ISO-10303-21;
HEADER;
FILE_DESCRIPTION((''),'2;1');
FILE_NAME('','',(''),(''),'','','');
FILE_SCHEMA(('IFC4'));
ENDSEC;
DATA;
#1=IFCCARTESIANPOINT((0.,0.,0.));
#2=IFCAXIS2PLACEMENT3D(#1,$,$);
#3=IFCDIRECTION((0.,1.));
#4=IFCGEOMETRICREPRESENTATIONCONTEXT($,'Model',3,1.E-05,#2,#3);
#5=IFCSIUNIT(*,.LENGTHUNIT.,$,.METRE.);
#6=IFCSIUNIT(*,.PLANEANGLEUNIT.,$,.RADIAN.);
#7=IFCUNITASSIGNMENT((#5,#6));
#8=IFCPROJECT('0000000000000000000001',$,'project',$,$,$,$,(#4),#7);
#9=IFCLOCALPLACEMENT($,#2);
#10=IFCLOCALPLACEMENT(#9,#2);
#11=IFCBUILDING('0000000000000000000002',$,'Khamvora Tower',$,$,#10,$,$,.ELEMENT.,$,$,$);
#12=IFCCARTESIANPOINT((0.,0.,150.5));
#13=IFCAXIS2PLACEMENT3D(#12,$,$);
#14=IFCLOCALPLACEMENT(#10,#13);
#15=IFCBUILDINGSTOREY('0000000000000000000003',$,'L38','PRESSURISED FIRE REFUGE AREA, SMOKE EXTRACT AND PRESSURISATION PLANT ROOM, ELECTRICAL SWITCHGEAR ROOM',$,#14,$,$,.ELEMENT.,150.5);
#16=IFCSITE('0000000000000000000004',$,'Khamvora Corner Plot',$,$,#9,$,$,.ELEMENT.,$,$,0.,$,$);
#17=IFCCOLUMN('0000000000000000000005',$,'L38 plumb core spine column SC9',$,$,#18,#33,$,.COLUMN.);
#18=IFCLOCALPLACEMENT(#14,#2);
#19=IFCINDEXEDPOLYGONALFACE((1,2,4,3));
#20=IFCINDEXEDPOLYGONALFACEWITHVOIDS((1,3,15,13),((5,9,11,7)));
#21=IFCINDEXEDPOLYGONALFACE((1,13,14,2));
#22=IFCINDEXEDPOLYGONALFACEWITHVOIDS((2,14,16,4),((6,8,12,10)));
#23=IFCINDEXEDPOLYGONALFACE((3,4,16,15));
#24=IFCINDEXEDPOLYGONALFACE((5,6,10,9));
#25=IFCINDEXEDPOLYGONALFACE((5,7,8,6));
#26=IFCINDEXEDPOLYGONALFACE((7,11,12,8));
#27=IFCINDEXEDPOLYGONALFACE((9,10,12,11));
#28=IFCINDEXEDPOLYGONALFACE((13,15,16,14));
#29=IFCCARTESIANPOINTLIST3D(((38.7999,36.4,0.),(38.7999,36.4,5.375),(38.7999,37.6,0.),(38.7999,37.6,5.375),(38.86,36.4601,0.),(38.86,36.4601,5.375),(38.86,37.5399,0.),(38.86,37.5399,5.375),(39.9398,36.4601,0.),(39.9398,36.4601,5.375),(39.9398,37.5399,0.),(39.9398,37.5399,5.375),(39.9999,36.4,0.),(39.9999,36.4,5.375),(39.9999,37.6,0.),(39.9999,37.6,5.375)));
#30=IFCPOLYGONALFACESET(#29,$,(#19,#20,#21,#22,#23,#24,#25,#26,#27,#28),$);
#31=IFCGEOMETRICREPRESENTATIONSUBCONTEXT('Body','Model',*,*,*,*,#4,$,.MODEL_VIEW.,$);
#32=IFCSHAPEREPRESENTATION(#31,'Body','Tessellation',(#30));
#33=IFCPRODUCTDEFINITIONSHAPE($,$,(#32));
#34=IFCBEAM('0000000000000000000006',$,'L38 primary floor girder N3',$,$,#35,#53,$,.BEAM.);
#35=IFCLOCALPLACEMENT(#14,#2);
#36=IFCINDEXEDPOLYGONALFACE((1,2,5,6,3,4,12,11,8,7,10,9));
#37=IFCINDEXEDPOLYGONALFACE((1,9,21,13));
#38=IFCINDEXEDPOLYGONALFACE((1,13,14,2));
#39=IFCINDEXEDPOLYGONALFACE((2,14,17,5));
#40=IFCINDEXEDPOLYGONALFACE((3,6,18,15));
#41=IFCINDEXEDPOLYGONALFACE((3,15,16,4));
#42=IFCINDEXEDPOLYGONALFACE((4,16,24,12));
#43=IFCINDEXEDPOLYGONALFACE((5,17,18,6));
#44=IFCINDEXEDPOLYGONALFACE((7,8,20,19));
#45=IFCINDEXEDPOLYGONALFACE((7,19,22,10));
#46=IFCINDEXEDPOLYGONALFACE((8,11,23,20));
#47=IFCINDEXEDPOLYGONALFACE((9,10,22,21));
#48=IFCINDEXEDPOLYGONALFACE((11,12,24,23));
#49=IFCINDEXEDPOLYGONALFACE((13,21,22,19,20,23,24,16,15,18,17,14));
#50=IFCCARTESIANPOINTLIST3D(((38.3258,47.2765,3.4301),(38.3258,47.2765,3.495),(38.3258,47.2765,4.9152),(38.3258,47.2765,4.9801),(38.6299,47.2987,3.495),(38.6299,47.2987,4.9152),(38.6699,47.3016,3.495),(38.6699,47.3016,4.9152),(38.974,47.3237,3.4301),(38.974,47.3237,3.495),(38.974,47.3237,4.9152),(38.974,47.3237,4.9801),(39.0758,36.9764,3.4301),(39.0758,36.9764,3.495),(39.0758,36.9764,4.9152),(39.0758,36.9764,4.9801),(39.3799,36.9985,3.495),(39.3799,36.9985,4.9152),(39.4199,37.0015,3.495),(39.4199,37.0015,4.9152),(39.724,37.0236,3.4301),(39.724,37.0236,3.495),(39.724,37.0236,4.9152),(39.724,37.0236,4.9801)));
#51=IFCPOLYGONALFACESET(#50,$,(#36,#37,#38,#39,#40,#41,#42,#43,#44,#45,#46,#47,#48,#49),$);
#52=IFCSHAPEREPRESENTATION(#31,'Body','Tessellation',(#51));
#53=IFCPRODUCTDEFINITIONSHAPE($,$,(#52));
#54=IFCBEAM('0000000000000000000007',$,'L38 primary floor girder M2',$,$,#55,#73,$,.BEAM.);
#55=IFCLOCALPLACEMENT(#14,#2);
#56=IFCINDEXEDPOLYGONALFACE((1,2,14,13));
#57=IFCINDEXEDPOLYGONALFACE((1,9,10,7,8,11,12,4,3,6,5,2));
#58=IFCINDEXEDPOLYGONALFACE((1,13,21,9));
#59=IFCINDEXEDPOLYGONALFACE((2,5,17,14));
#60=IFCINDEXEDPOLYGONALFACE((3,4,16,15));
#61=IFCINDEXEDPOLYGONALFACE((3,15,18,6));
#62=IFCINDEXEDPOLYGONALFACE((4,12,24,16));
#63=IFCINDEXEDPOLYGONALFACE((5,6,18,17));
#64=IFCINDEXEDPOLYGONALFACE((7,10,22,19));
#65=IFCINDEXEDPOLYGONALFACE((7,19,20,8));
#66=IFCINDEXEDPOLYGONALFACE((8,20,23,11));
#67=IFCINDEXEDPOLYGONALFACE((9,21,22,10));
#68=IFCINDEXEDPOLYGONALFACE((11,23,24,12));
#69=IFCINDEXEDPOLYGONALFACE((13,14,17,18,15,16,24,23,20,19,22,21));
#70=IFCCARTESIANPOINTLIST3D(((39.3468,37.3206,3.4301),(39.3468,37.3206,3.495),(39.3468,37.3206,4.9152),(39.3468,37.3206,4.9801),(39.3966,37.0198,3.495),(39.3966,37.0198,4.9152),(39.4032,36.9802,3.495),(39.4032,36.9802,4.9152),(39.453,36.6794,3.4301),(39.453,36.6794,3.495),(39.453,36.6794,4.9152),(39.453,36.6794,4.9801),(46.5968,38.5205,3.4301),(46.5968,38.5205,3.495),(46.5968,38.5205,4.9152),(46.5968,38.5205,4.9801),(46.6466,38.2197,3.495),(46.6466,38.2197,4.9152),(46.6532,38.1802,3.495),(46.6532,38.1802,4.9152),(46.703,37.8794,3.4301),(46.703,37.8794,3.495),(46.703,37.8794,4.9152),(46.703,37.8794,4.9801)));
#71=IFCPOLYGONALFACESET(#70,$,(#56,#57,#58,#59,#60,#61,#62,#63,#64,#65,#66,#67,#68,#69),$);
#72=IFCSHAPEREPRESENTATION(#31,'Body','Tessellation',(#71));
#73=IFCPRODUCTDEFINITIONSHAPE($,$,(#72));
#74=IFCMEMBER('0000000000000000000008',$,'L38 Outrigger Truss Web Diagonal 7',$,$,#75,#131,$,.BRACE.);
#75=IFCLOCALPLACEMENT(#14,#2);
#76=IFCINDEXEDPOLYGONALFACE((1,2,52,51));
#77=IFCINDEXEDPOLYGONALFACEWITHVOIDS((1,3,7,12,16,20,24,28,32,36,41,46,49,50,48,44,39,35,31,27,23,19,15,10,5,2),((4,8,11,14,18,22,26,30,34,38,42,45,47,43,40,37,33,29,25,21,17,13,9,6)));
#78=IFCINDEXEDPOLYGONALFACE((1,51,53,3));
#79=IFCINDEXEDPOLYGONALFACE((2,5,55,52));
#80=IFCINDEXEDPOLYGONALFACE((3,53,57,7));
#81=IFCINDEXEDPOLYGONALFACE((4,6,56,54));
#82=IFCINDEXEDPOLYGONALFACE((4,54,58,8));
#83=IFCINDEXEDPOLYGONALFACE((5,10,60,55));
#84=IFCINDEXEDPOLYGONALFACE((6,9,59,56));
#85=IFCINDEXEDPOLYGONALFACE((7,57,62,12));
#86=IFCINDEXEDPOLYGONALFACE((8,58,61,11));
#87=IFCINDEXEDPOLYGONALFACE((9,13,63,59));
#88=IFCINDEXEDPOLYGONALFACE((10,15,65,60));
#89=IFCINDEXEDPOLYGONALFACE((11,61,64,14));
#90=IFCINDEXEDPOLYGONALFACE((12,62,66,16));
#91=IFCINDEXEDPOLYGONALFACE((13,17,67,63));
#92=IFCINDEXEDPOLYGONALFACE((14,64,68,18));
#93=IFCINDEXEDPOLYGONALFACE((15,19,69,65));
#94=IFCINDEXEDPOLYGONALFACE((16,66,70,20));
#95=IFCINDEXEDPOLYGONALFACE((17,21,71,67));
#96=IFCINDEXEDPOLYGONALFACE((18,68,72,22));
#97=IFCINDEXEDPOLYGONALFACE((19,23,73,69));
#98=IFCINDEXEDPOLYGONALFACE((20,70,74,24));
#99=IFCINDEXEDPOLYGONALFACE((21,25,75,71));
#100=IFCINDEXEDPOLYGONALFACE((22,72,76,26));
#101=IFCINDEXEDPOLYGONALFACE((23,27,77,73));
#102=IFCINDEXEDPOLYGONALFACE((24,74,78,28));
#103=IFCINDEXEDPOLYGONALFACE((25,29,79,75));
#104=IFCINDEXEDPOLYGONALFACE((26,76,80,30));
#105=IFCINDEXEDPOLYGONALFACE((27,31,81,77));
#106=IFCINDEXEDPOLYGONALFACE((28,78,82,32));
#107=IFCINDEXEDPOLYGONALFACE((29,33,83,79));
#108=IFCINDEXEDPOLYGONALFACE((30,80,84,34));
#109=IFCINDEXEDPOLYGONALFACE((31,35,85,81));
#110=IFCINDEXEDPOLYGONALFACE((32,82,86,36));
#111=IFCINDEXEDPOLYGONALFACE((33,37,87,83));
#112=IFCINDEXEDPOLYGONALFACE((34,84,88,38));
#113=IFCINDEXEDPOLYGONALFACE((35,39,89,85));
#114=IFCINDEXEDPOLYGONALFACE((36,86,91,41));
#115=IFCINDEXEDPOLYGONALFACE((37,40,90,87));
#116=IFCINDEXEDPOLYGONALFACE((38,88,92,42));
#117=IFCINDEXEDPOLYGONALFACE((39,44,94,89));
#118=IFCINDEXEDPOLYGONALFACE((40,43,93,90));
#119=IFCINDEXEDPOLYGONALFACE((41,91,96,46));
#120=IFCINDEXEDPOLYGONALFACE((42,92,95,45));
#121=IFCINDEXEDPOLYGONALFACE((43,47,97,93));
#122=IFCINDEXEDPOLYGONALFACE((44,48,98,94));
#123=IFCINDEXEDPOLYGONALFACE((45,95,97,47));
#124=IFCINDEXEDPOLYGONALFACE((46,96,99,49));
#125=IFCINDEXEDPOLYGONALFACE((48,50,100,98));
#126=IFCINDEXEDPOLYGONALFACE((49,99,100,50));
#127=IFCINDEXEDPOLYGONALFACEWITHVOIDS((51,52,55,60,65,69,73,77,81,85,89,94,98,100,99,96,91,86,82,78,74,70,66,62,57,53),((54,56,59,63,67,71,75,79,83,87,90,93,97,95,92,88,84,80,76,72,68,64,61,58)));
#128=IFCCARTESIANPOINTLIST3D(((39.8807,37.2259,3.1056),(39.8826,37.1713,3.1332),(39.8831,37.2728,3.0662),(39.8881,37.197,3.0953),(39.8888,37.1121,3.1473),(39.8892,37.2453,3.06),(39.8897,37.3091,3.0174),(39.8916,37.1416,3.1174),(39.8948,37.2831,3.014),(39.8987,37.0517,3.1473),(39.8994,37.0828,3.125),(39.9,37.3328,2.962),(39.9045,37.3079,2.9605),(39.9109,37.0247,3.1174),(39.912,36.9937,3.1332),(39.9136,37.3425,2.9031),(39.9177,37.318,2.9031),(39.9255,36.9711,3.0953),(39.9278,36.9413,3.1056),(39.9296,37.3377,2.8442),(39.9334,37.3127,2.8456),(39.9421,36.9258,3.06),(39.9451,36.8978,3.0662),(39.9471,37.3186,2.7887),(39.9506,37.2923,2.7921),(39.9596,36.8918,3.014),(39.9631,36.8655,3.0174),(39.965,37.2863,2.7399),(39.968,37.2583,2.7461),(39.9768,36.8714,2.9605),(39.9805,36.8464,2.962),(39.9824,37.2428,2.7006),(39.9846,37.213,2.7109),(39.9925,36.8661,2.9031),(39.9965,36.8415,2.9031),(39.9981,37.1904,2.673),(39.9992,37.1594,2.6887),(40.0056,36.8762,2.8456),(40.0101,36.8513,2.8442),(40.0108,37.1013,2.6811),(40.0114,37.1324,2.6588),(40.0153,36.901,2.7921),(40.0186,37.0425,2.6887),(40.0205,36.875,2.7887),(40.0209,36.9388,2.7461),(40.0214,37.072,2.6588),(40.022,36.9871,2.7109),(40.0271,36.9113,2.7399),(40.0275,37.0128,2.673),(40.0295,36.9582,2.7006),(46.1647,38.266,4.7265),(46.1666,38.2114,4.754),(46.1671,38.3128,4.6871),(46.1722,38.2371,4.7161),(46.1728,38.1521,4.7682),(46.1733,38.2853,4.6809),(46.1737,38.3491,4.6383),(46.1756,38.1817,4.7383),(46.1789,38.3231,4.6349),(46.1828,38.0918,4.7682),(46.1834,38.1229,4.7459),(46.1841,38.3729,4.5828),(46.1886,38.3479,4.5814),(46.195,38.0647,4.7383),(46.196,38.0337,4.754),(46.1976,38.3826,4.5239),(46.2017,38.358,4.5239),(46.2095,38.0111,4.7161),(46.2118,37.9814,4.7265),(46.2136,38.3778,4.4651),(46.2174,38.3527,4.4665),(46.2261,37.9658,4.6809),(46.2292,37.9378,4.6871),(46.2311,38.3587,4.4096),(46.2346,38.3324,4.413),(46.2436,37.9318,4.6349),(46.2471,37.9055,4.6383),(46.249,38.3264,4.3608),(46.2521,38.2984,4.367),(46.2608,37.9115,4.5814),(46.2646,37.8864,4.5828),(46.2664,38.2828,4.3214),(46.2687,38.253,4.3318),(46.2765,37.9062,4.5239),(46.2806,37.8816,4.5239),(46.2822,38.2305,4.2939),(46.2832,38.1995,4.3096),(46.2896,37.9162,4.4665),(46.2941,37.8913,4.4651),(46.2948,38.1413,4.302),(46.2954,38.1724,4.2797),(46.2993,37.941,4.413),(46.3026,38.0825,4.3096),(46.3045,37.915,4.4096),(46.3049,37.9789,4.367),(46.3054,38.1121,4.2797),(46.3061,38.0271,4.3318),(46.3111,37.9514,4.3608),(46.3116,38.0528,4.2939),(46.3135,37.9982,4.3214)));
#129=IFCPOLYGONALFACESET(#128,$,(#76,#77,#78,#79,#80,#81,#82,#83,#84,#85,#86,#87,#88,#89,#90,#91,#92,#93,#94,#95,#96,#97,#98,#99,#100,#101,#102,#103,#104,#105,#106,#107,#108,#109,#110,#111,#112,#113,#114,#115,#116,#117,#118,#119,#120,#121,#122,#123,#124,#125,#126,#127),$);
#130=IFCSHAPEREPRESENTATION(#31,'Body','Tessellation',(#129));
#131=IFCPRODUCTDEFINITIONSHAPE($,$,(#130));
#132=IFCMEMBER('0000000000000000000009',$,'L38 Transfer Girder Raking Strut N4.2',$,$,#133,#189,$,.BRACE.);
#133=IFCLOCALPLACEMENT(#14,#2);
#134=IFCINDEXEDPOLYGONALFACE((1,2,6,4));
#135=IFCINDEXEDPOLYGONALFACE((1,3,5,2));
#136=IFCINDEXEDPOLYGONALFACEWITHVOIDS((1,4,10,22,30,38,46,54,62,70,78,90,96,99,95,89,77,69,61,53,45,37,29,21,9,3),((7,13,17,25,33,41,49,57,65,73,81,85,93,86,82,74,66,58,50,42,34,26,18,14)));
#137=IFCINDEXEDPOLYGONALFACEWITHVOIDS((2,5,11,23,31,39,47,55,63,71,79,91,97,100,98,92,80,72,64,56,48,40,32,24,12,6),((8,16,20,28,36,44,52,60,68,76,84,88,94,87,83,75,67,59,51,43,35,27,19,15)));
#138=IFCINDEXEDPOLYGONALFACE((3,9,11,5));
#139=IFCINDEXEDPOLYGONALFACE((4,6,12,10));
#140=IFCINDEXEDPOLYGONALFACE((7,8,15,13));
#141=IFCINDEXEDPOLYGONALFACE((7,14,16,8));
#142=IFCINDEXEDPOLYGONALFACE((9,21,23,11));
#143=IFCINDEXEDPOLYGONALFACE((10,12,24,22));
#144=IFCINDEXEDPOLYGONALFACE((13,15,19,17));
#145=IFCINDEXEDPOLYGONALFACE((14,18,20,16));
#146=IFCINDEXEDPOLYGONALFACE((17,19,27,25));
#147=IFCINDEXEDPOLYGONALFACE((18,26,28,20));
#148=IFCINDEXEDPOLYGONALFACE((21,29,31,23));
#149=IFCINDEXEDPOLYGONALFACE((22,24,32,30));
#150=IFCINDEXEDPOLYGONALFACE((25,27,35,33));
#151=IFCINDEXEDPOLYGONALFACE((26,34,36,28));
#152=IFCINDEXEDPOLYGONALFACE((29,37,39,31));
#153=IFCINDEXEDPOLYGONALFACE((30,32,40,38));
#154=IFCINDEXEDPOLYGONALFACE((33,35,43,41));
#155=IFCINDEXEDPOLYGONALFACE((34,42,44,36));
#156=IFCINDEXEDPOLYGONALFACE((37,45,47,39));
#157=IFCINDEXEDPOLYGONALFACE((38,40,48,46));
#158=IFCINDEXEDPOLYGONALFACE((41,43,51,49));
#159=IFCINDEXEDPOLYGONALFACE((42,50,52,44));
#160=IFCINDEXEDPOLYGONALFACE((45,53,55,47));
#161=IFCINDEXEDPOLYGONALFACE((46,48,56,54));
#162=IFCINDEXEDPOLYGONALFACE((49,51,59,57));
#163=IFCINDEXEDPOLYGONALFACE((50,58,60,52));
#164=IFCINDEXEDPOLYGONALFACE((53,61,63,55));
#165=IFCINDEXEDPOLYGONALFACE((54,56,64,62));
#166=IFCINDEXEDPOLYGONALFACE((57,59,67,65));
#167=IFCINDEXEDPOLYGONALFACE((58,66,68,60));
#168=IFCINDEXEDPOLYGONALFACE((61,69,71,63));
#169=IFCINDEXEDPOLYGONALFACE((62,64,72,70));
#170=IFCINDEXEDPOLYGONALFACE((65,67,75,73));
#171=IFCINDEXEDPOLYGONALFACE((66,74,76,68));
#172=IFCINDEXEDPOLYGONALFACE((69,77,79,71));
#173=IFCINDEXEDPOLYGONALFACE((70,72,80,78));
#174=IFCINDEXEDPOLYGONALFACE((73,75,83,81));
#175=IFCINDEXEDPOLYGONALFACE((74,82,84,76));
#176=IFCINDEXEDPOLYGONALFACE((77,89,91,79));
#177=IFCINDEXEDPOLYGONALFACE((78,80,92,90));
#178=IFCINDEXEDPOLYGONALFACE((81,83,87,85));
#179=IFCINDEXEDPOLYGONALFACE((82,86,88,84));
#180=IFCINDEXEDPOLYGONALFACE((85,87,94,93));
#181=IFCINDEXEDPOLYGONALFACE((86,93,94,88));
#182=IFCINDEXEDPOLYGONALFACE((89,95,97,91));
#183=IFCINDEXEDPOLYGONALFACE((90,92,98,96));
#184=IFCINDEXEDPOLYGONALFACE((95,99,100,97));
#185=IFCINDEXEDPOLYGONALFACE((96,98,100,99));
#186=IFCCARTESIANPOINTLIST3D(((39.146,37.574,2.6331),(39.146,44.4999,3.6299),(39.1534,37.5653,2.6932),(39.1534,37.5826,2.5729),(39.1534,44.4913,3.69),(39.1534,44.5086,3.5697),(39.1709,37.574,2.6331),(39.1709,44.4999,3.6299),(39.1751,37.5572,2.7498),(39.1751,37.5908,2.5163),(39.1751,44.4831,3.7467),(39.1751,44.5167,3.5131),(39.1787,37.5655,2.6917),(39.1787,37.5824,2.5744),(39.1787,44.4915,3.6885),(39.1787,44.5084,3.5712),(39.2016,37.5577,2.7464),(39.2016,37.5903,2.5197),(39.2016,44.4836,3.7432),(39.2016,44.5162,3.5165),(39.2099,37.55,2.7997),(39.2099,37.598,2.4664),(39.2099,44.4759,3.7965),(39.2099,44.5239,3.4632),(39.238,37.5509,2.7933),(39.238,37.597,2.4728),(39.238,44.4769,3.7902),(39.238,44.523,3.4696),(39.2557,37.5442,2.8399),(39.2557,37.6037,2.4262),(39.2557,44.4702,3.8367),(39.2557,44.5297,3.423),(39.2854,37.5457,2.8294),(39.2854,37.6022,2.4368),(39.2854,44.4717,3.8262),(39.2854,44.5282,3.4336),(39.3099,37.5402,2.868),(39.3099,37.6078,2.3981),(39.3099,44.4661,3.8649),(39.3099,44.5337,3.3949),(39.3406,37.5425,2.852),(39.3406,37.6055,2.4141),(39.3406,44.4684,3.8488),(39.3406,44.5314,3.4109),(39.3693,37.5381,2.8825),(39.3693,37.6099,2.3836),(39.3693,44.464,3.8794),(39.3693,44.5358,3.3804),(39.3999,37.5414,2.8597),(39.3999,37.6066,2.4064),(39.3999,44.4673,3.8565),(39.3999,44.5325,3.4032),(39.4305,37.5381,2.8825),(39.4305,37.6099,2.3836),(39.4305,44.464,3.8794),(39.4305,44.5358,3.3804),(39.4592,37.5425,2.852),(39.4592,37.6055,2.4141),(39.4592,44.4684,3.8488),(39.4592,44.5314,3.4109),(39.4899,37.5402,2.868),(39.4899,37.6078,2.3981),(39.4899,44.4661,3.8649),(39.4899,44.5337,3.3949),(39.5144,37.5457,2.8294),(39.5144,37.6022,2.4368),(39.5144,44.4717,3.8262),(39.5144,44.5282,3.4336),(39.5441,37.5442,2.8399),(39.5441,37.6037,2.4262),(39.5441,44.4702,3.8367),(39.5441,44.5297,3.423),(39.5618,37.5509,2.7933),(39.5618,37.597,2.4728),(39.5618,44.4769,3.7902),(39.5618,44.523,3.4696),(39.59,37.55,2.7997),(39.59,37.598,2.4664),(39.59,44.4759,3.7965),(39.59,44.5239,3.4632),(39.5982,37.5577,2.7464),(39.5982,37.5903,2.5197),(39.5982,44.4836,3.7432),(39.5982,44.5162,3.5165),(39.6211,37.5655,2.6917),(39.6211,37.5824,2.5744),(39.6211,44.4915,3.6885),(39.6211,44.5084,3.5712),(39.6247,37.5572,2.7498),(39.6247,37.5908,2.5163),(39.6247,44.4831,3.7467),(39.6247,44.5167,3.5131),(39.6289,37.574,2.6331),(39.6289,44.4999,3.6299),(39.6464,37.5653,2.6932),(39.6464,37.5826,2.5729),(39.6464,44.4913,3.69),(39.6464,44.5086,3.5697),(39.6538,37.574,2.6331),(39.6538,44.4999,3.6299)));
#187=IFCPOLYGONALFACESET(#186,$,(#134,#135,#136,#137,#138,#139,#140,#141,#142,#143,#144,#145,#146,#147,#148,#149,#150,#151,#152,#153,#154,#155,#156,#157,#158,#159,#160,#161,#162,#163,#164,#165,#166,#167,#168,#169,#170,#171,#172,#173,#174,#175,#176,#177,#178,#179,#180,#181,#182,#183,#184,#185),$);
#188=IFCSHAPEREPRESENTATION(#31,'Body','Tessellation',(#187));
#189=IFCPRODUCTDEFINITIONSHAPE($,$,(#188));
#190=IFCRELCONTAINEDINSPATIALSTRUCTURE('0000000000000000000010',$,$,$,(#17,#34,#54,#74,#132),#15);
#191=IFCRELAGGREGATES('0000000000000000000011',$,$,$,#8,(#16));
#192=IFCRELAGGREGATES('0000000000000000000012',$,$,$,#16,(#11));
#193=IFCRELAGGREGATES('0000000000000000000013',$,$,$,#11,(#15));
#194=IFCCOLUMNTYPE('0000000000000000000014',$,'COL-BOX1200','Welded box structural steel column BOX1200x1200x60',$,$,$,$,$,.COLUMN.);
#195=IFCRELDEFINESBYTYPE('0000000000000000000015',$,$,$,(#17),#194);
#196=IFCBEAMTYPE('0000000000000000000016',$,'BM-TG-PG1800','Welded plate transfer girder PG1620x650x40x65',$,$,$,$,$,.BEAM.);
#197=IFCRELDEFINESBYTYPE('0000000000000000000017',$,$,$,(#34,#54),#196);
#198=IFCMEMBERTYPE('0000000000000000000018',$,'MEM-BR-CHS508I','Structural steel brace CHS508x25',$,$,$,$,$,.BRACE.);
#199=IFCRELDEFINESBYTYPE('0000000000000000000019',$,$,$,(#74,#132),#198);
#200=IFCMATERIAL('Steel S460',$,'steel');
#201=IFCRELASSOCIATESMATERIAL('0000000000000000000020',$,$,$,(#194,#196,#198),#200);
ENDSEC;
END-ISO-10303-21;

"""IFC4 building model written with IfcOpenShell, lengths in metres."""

from ifc_helpers import new_model, si_unit, direction, frame, origin, origin_2d, place, context, subcontext, project, spatial, hollow_rectangle, hollow_circle, i_section, extrude, material, material_profile, profile_set, type_object, element, save


model = new_model("IFC4")

# Units and contexts
model_context = context("Model", 3, precision=1e-05, world=origin(), true_north=direction((0.0, 1.0)))
body_context = subcontext(model_context, "Body", "Model", "MODEL_VIEW")
ifc_project = project(units=[si_unit("LENGTHUNIT", "METRE"), si_unit("PLANEANGLEUNIT", "RADIAN")], contexts=[model_context])

# Site, building, storey
site_placement = place(None, origin())
site = spatial("IfcSite", under=ifc_project, at=site_placement, Name="Khamvora Corner Plot", CompositionType="ELEMENT", RefElevation=0.0)
building_placement = place(site_placement, origin())
building = spatial("IfcBuilding", under=site, at=building_placement, Name="Khamvora Tower", CompositionType="ELEMENT")
storey_placement = place(building_placement, frame((0.0, 0.0, 150.5)))
storey = spatial("IfcBuildingStorey", under=building, at=storey_placement, Name="L38", Description="PRESSURISED FIRE REFUGE AREA, SMOKE EXTRACT AND PRESSURISATION PLANT ROOM, ELECTRICAL SWITCHGEAR ROOM", CompositionType="ELEMENT", Elevation=150.5)

# Column
ifc_material_1 = material(Name="Steel S460", Category="steel")
ifc_material_profile_1 = material_profile(ifc_material_1, hollow_rectangle(XDim=1.2, YDim=1.2, WallThickness=0.0601, at=origin_2d()), Name="BOX1200x1200x60")
ifc_profile_set_1 = profile_set([ifc_material_profile_1], Name="Steel S460")
column_type = type_object("IfcColumnType", Name="COL-BOX1200", Description="Welded box structural steel column BOX1200x1200x60", PredefinedType="COLUMN", material=ifc_profile_set_1)
column_placement = place(storey_placement, frame((39.3999, 37.0, 0.0), z_axis=(0.0, 0.0, 1.0), x_axis=(1.0, 0.0, 0.0)))
element("IfcColumn", 1, at=column_placement, inside=storey, type_object=column_type, Name="L38 plumb core spine column SC9", PredefinedType="COLUMN", context=body_context, shape_type="SweptSolid", body=[
    extrude(hollow_rectangle(XDim=1.2, YDim=1.2, WallThickness=0.0601, at=origin_2d()), origin(), (0.0, 0.0, 1.0), 5.375),
])

# Beams
ifc_material_profile_2 = material_profile(ifc_material_1, i_section(OverallWidth=0.6499, OverallDepth=1.55, WebThickness=0.04, FlangeThickness=0.0649, at=origin_2d()), Name="PG1550x650x40x65")
ifc_profile_set_2 = profile_set([ifc_material_profile_2], Name="Steel S460")
beam_type = type_object("IfcBeamType", Name="BM-TG-PG1800", Description="Welded plate transfer girder PG1620x650x40x65", PredefinedType="BEAM", material=ifc_profile_set_2)
beam_1_placement = place(storey_placement, frame((39.3999, 37.0, 4.2051), z_axis=(-0.072623, 0.997359, 0.0), x_axis=(-0.997359, -0.072623, 0.0)))
element("IfcBeam", 2, at=beam_1_placement, inside=storey, type_object=beam_type, Name="L38 primary floor girder N3", PredefinedType="BEAM", context=body_context, shape_type="SweptSolid", body=[
    extrude(i_section(OverallWidth=0.6499, OverallDepth=1.55, WebThickness=0.04, FlangeThickness=0.0649, at=origin_2d()), origin(), (0.0, 0.0, 1.0), 10.3274),
])
beam_2_placement = place(storey_placement, frame((39.3999, 37.0, 4.2051), z_axis=(0.986578, 0.163289, 0.0), x_axis=(-0.163289, 0.986578, 0.0)))
element("IfcBeam", 3, at=beam_2_placement, inside=storey, type_object=beam_type, Name="L38 primary floor girder M2", PredefinedType="BEAM", context=body_context, shape_type="SweptSolid", body=[
    extrude(i_section(OverallWidth=0.6499, OverallDepth=1.55, WebThickness=0.04, FlangeThickness=0.0649, at=origin_2d()), origin(), (0.0, 0.0, 1.0), 7.3486),
])

# Members
ifc_material_profile_3 = material_profile(ifc_material_1, hollow_circle(Radius=0.2539, WallThickness=0.0249, at=origin_2d()), Name="CHS508x25")
ifc_profile_set_3 = profile_set([ifc_material_profile_3], Name="Steel S460")
member_type_1 = type_object("IfcMemberType", Name="MEM-BR-CHS508I", Description="Structural steel brace CHS508x25", PredefinedType="BRACE", material=ifc_profile_set_3)
member_1_placement = place(storey_placement, frame((39.9551, 37.092, 2.9031), z_axis=(0.956107, 0.158243, 0.246614), x_axis=(-0.163286, 0.986579, 0.0)))
element("IfcMember", 4, at=member_1_placement, inside=storey, type_object=member_type_1, Name="L38 Outrigger Truss Web Diagonal 7", PredefinedType="BRACE", context=body_context, shape_type="SweptSolid", body=[
    extrude(hollow_circle(Radius=0.2539, WallThickness=0.0249, at=origin_2d()), origin(), (0.0, 0.0, 1.0), 6.5725),
])
member_2_placement = place(storey_placement, frame((39.3999, 37.574, 2.6331), z_axis=(0.0, 0.989801, 0.142457), x_axis=(-1.0, 0.0, 0.0)))
element("IfcMember", 5, at=member_2_placement, inside=storey, type_object=member_type_1, Name="L38 Transfer Girder Raking Strut N4.2", PredefinedType="BRACE", context=body_context, shape_type="SweptSolid", body=[
    extrude(hollow_circle(Radius=0.2539, WallThickness=0.0249, at=origin_2d()), origin(), (0.0, 0.0, 1.0), 6.9973),
])

save(model, "model.ifc")
